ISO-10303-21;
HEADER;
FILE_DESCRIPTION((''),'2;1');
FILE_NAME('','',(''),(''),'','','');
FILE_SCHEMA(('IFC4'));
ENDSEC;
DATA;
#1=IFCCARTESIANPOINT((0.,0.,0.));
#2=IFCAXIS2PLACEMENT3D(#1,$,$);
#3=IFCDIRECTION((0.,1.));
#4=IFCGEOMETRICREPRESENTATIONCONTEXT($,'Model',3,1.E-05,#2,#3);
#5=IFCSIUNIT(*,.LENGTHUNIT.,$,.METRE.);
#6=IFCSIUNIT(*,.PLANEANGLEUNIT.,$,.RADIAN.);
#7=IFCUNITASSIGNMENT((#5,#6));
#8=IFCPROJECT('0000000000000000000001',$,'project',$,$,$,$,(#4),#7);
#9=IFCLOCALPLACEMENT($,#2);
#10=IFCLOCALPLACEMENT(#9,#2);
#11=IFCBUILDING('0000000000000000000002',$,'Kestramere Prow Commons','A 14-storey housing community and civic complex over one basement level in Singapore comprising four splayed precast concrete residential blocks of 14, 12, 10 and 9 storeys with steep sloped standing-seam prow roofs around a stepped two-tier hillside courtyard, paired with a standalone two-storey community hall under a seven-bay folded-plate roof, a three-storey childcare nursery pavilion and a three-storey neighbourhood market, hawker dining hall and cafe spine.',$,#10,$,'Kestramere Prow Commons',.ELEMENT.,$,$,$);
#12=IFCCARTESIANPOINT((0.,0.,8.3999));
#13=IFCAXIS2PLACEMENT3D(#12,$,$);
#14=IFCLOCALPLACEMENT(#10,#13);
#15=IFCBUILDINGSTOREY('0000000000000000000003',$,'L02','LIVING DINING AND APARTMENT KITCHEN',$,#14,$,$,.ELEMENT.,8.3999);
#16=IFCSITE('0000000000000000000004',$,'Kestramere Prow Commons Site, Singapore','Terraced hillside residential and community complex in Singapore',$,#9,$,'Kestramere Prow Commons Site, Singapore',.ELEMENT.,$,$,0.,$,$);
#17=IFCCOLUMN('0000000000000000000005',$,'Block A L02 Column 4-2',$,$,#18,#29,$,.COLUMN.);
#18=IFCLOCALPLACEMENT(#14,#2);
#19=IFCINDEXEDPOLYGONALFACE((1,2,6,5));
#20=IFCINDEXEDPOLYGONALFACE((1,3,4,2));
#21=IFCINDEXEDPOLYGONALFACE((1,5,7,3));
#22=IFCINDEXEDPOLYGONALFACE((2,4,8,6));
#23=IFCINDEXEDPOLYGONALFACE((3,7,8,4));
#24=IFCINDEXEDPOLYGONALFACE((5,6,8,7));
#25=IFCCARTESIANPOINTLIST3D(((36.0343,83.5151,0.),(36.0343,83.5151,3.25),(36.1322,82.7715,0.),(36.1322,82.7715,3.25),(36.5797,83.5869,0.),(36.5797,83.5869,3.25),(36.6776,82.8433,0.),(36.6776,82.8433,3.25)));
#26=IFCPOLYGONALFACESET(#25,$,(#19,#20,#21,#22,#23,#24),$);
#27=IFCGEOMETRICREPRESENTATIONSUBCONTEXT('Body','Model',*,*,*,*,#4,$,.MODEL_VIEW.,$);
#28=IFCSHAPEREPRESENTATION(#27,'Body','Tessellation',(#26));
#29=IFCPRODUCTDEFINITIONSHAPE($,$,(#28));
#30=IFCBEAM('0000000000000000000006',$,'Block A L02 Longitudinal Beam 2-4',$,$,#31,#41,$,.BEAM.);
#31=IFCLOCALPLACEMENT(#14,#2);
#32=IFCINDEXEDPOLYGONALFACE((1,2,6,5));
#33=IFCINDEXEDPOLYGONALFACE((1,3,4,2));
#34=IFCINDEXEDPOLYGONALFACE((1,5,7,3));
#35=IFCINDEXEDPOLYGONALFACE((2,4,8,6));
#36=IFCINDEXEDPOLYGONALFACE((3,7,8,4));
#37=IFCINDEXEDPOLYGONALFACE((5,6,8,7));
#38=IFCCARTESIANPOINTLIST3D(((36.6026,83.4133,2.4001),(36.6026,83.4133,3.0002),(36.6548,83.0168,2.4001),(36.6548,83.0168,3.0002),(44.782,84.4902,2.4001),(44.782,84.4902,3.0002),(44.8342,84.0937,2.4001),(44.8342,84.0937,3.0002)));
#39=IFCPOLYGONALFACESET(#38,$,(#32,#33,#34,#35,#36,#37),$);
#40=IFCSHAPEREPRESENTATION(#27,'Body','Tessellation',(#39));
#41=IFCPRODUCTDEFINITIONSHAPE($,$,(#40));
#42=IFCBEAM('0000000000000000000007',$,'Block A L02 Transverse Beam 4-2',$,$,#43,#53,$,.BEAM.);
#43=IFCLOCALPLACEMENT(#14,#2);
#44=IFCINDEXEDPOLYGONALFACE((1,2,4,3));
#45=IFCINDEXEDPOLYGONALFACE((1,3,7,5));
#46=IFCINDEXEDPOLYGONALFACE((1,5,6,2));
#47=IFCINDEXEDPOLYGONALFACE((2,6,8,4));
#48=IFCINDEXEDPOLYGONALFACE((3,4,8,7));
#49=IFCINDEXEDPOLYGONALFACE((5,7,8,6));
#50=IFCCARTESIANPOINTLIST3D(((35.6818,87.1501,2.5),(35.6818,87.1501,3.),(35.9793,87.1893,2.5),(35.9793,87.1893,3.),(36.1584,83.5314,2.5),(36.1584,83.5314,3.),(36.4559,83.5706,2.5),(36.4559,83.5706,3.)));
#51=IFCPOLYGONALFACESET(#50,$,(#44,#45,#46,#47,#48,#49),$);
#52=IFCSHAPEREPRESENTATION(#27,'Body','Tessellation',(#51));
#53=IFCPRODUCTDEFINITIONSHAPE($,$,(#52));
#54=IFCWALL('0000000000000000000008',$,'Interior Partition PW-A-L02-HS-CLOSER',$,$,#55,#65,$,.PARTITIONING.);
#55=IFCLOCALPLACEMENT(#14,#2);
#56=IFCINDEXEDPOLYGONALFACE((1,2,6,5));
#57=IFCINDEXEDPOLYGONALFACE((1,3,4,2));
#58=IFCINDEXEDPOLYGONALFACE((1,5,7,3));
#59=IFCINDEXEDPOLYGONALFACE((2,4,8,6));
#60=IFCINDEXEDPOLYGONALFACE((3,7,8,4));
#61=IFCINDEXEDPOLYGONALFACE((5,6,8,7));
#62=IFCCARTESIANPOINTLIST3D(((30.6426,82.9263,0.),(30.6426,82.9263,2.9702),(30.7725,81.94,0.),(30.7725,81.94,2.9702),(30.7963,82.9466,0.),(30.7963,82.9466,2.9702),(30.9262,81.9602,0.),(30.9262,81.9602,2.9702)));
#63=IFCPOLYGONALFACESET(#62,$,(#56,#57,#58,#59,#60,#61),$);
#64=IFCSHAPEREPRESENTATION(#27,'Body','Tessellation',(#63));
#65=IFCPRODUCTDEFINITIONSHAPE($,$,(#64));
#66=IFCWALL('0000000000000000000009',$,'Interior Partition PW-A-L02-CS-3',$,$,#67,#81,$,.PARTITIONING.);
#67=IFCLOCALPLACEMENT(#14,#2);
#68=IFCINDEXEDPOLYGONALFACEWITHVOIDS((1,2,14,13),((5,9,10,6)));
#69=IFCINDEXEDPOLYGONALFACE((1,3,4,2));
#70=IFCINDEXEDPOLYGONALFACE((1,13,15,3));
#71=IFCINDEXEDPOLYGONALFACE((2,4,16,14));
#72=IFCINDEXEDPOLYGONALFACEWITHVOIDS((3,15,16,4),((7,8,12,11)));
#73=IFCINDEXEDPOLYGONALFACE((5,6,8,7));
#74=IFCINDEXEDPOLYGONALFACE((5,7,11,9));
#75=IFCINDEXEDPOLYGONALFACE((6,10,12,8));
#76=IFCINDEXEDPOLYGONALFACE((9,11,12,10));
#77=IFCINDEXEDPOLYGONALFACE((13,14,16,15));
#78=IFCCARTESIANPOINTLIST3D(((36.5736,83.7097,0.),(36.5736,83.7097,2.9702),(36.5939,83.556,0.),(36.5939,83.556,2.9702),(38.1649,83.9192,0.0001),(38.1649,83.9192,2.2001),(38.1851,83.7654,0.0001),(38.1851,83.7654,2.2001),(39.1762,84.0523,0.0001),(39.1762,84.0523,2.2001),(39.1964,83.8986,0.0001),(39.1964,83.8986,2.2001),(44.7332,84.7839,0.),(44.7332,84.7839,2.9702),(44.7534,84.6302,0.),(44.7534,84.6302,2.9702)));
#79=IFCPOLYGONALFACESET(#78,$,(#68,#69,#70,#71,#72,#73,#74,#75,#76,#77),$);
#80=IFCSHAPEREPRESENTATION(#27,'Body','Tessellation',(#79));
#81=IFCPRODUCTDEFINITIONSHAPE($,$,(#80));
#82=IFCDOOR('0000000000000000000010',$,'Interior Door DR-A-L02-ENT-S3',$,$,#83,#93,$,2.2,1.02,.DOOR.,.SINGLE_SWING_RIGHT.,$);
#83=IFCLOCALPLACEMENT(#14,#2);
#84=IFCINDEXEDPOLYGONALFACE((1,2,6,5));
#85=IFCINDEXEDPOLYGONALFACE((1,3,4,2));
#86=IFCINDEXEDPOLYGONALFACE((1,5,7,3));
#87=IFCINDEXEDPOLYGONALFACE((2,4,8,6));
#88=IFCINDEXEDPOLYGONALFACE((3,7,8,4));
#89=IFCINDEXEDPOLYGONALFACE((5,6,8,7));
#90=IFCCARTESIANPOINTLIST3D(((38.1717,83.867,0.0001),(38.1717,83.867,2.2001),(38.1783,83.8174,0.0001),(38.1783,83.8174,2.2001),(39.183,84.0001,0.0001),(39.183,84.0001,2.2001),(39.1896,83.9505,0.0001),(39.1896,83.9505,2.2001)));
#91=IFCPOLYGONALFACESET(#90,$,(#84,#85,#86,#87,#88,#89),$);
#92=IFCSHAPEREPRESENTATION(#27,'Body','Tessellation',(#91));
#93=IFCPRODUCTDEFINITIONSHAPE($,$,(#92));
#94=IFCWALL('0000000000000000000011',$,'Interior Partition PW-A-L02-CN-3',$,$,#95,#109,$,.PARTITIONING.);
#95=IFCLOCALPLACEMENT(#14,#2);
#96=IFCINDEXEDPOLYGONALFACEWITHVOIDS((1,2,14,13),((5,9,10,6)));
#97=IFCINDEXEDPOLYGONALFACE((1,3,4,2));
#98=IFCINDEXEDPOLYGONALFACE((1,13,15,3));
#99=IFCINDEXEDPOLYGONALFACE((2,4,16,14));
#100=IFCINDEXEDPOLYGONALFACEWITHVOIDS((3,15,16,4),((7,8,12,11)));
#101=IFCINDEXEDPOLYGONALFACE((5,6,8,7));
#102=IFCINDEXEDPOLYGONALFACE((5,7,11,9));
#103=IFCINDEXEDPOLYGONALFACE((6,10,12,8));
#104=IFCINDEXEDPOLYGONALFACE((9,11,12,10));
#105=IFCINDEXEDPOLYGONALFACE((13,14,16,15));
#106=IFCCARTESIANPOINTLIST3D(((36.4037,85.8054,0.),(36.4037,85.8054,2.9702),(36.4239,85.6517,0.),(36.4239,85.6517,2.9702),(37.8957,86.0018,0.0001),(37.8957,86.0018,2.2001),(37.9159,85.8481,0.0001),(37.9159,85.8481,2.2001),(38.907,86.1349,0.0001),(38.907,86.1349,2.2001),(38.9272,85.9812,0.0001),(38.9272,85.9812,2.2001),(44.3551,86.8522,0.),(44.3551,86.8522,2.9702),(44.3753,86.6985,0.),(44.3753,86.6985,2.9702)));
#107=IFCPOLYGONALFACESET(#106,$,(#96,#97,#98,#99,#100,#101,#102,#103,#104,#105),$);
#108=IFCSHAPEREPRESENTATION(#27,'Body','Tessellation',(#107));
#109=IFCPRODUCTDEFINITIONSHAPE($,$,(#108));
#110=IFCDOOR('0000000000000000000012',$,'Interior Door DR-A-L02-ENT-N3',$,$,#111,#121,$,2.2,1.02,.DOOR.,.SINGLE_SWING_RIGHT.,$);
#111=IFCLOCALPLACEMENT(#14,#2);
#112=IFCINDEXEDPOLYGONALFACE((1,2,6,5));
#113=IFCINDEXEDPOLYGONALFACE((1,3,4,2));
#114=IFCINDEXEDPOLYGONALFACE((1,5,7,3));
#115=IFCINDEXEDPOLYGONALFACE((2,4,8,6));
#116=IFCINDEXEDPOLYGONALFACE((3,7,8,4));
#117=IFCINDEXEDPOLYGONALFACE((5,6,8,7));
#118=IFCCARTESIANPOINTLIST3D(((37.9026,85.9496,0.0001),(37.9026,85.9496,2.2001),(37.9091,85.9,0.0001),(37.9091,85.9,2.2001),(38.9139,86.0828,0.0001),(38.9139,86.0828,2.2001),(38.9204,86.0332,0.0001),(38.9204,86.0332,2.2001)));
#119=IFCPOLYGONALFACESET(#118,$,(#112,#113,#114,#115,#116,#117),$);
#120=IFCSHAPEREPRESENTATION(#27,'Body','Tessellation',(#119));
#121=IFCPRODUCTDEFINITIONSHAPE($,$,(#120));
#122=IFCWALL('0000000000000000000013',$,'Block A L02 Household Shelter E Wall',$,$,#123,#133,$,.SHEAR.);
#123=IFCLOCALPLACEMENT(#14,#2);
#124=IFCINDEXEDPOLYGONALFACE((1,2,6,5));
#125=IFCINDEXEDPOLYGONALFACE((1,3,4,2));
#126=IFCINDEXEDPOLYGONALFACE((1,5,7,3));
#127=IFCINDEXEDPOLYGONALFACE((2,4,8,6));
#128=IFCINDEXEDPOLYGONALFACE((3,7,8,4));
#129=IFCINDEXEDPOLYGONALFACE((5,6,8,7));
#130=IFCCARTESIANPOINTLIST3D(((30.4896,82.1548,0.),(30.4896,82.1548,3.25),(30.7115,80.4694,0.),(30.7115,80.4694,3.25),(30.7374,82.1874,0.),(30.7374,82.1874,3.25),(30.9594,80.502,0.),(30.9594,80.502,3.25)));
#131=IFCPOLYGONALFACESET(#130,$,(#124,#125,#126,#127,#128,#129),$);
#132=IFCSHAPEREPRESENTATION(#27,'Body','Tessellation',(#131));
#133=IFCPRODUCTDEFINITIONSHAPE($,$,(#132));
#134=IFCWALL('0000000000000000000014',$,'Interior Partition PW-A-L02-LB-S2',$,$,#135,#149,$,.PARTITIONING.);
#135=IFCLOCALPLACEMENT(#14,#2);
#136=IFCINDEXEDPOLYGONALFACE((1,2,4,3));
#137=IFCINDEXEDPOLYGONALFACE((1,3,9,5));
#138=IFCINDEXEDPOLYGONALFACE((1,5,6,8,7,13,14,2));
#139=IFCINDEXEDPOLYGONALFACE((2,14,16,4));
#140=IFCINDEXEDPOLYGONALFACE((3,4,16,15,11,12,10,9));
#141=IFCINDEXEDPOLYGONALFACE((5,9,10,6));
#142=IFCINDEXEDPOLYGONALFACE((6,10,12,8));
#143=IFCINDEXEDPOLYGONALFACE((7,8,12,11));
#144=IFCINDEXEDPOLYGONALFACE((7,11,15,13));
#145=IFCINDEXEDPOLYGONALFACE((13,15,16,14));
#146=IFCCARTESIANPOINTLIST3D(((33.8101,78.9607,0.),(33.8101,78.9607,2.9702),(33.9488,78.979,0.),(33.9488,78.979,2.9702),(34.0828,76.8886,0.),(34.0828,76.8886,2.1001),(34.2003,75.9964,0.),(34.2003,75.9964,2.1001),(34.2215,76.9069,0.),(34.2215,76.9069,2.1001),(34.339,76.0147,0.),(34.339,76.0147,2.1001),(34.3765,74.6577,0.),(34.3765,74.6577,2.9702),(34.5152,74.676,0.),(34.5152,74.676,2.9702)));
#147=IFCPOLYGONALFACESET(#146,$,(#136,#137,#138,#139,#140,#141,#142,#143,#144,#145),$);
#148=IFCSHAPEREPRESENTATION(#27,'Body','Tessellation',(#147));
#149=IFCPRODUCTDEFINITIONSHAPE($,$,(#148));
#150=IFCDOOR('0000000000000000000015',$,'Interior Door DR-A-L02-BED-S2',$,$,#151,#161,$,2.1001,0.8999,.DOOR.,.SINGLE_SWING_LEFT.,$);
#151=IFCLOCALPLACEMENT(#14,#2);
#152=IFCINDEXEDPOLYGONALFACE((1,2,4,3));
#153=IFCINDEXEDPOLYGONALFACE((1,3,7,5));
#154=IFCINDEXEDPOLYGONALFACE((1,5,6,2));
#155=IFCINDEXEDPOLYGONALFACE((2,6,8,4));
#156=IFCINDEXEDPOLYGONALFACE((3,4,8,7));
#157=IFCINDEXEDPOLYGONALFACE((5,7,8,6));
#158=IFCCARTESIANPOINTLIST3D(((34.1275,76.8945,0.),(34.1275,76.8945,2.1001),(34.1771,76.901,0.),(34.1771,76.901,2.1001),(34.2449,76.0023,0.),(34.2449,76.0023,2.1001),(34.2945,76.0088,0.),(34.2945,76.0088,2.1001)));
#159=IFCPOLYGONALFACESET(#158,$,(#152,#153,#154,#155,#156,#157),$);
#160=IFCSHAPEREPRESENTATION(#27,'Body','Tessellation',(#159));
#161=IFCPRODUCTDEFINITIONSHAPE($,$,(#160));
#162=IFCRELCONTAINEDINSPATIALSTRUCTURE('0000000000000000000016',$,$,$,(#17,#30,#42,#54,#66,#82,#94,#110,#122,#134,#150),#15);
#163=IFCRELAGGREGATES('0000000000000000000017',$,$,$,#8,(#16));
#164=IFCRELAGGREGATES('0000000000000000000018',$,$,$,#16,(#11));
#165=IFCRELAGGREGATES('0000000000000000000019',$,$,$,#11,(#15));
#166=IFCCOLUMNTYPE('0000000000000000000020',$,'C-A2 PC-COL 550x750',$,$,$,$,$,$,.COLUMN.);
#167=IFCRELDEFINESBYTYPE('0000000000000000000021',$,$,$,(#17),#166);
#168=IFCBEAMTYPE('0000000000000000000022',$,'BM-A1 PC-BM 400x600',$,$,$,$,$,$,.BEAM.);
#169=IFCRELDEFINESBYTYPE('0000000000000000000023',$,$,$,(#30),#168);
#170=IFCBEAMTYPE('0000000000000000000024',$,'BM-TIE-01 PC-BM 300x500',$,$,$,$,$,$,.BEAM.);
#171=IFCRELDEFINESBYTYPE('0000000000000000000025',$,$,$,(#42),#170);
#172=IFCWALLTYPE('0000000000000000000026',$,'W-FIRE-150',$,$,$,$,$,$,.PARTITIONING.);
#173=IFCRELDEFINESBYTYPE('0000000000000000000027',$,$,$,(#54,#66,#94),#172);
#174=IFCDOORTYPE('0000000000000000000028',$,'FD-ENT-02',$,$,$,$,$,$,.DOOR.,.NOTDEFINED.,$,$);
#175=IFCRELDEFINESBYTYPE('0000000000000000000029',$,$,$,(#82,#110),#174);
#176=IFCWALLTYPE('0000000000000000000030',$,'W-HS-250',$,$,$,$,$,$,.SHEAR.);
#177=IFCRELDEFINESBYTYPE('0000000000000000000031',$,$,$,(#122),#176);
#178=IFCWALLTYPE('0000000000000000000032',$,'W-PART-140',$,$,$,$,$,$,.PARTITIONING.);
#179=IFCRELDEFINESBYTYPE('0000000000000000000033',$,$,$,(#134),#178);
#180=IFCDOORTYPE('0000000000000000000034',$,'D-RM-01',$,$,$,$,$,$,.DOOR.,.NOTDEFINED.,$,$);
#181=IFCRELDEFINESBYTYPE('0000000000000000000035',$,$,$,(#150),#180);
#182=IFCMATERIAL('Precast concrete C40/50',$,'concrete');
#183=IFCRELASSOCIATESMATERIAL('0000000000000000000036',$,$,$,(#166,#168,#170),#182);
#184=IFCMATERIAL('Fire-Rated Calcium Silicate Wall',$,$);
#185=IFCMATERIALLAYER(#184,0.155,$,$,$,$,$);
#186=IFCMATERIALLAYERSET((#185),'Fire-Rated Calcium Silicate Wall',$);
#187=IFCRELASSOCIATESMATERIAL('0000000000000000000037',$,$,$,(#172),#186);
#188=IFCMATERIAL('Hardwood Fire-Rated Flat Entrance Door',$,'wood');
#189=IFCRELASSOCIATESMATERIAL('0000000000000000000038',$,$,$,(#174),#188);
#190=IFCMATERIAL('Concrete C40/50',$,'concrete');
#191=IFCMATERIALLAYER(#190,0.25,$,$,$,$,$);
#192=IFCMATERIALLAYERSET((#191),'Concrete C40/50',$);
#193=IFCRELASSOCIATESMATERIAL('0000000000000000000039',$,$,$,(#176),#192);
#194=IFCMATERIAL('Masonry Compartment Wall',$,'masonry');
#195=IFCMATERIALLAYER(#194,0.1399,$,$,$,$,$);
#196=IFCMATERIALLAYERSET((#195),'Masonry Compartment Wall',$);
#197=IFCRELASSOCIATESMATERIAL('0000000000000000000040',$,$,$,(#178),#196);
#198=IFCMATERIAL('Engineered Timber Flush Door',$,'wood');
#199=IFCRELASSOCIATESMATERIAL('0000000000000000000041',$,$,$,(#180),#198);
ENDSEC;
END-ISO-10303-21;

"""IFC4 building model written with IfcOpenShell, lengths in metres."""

from ifc_helpers import new_model, si_unit, direction, frame, frame_2d, origin, origin_2d, place, context, subcontext, project, spatial, rectangle, extrude, material, layer, layer_set, material_profile, profile_set, type_object, element, fill, save


model = new_model("IFC4")

# Units and contexts
model_context = context("Model", 3, precision=1e-05, world=origin(), true_north=direction((0.0, 1.0)))
body_context = subcontext(model_context, "Body", "Model", "MODEL_VIEW")
ifc_project = project(units=[si_unit("LENGTHUNIT", "METRE"), si_unit("PLANEANGLEUNIT", "RADIAN")], contexts=[model_context])

# Site, building, storey
site_placement = place(None, origin())
site = spatial("IfcSite", under=ifc_project, at=site_placement, Name="Kestramere Prow Commons Site, Singapore", Description="Terraced hillside residential and community complex in Singapore", LongName="Kestramere Prow Commons Site, Singapore", CompositionType="ELEMENT", RefElevation=0.0)
building_placement = place(site_placement, origin())
building = spatial("IfcBuilding", under=site, at=building_placement, Name="Kestramere Prow Commons", Description="A 14-storey housing community and civic complex over one basement level in Singapore comprising four splayed precast concrete residential blocks of 14, 12, 10 and 9 storeys with steep sloped standing-seam prow roofs around a stepped two-tier hillside courtyard, paired with a standalone two-storey community hall under a seven-bay folded-plate roof, a three-storey childcare nursery pavilion and a three-storey neighbourhood market, hawker dining hall and cafe spine.", LongName="Kestramere Prow Commons", CompositionType="ELEMENT")
storey_placement = place(building_placement, frame((0.0, 0.0, 8.3999)))
storey = spatial("IfcBuildingStorey", under=building, at=storey_placement, Name="L02", Description="LIVING DINING AND APARTMENT KITCHEN", CompositionType="ELEMENT", Elevation=8.3999)

# Column
ifc_material_1 = material(Name="Precast concrete C40/50", Category="concrete")
ifc_material_profile_1 = material_profile(ifc_material_1, rectangle(XDim=0.55, YDim=0.75, at=origin_2d()), Name="PC-COL 550x750")
ifc_profile_set_1 = profile_set([ifc_material_profile_1], Name="Precast concrete C40/50")
column_type = type_object("IfcColumnType", Name="C-A2 PC-COL 550x750", PredefinedType="COLUMN", material=ifc_profile_set_1)
column_placement = place(storey_placement, frame((36.356, 83.1792, 0.0), z_axis=(0.0, 0.0, 1.0), x_axis=(0.991445, 0.130526, 0.0)))
element("IfcColumn", 1, at=column_placement, inside=storey, type_object=column_type, Name="Block A L02 Column 4-2", PredefinedType="COLUMN", context=body_context, shape_type="SweptSolid", body=[
    extrude(rectangle(XDim=0.55, YDim=0.75, at=origin_2d()), origin(), (0.0, 0.0, 1.0), 3.25),
])

# Beams
ifc_material_profile_2 = material_profile(ifc_material_1, rectangle(XDim=0.3999, YDim=0.6001, at=origin_2d()), Name="PC-BM 400x600")
ifc_profile_set_2 = profile_set([ifc_material_profile_2], Name="Precast concrete C40/50")
beam_type_1 = type_object("IfcBeamType", Name="BM-A1 PC-BM 400x600", PredefinedType="BEAM", material=ifc_profile_set_2)
beam_1_placement = place(storey_placement, frame((36.6287, 83.2151, 2.7002), z_axis=(0.991444, 0.130533, 0.0), x_axis=(-0.130533, 0.991444, 0.0)))
element("IfcBeam", 2, at=beam_1_placement, inside=storey, type_object=beam_type_1, Name="Block A L02 Longitudinal Beam 2-4", PredefinedType="BEAM", context=body_context, shape_type="SweptSolid", body=[
    extrude(rectangle(XDim=0.3999, YDim=0.6001, at=origin_2d()), origin(), (0.0, 0.0, 1.0), 8.25),
])
ifc_material_profile_3 = material_profile(ifc_material_1, rectangle(XDim=0.3, YDim=0.5, at=origin_2d()), Name="PC-BM 300x500")
ifc_profile_set_3 = profile_set([ifc_material_profile_3], Name="Precast concrete C40/50")
beam_type_2 = type_object("IfcBeamType", Name="BM-TIE-01 PC-BM 300x500", PredefinedType="BEAM", material=ifc_profile_set_3)
beam_2_placement = place(storey_placement, frame((36.3071, 83.551, 2.75), z_axis=(-0.130569, 0.991439, 0.0), x_axis=(-0.991439, -0.130569, 0.0)))
element("IfcBeam", 3, at=beam_2_placement, inside=storey, type_object=beam_type_2, Name="Block A L02 Transverse Beam 4-2", PredefinedType="BEAM", context=body_context, shape_type="SweptSolid", body=[
    extrude(rectangle(XDim=0.3, YDim=0.5, at=origin_2d()), origin(), (0.0, 0.0, 1.0), 3.6499),
])

# Wall
ifc_material_2 = material(Name="Fire-Rated Calcium Silicate Wall")
ifc_layer_1 = layer(ifc_material_2, 0.155)
ifc_layer_set_1 = layer_set([ifc_layer_1], Name="Fire-Rated Calcium Silicate Wall")
wall_type_1 = type_object("IfcWallType", Name="W-FIRE-150", PredefinedType="PARTITIONING", material=ifc_layer_set_1)
wall_1_placement = place(storey_placement, frame((30.8494, 81.95, 0.0), z_axis=(0.0, 0.0, 1.0), x_axis=(-0.130556, 0.991441, 0.0)))
element("IfcWall", 4, at=wall_1_placement, inside=storey, type_object=wall_type_1, Name="Interior Partition PW-A-L02-HS-CLOSER", PredefinedType="PARTITIONING", context=body_context, shape_type="SweptSolid", body=[
    extrude(rectangle(XDim=0.9949, YDim=0.155, at=frame_2d((0.4976, 0.0))), origin(), (0.0, 0.0, 1.0), 2.9702),
])

# Walls, openings, doors
ifc_material_3 = material(Name="Hardwood Fire-Rated Flat Entrance Door", Category="wood")
wall_2_placement = place(storey_placement, frame((36.5837, 83.6328, 0.0), z_axis=(0.0, 0.0, 1.0), x_axis=(0.991445, 0.130524, 0.0)))
wall_2 = element("IfcWall", 5, at=wall_2_placement, inside=storey, type_object=wall_type_1, Name="Interior Partition PW-A-L02-CS-3", PredefinedType="PARTITIONING", context=body_context, shape_type="SweptSolid", body=[
    extrude(rectangle(XDim=8.23, YDim=0.155, at=frame_2d((4.115, 0.0))), origin(), (0.0, 0.0, 1.0), 2.9702),
])
opening_1_placement = place(wall_2_placement, frame((1.605, 0.0, 0.0)))
opening_1 = element("IfcOpeningElement", 6, at=opening_1_placement, cuts=wall_2, PredefinedType="OPENING", context=body_context, shape_type="SweptSolid", body=[
    extrude(rectangle(XDim=1.02, YDim=2.2, at=frame_2d((0.51, 1.1001))), frame((0.0, 0.0925, 0.0), z_axis=(0.0, -1.0, 0.0), x_axis=(1.0, 0.0, 0.0)), (0.0, 0.0, 1.0), 0.1851),
])
door_type_1 = type_object("IfcDoorType", Name="FD-ENT-02", OperationType="NOTDEFINED", PredefinedType="DOOR", material=ifc_material_3)
door_1_placement = place(opening_1_placement, origin())
door_1 = element("IfcDoor", 7, at=door_1_placement, inside=storey, type_object=door_type_1, Name="Interior Door DR-A-L02-ENT-S3", OperationType="SINGLE_SWING_RIGHT", OverallHeight=2.2, OverallWidth=1.02, PredefinedType="DOOR", context=body_context, shape_type="SweptSolid", body=[
    extrude(rectangle(XDim=1.02, YDim=2.2, at=frame_2d((0.51, 1.1001))), frame((0.0, 0.0249, 0.0), z_axis=(0.0, -1.0, 0.0), x_axis=(1.0, 0.0, 0.0)), (0.0, 0.0, 1.0), 0.05),
])
fill(opening_1, door_1)
wall_3_placement = place(storey_placement, frame((36.4138, 85.7285, 0.0), z_axis=(0.0, 0.0, 1.0), x_axis=(0.991444, 0.130532, 0.0)))
wall_3 = element("IfcWall", 8, at=wall_3_placement, inside=storey, type_object=wall_type_1, Name="Interior Partition PW-A-L02-CN-3", PredefinedType="PARTITIONING", context=body_context, shape_type="SweptSolid", body=[
    extrude(rectangle(XDim=8.02, YDim=0.155, at=frame_2d((4.01, 0.0))), origin(), (0.0, 0.0, 1.0), 2.9702),
])
opening_2_placement = place(wall_3_placement, frame((1.5049, 0.0, 0.0)))
opening_2 = element("IfcOpeningElement", 9, at=opening_2_placement, cuts=wall_3, PredefinedType="OPENING", context=body_context, shape_type="SweptSolid", body=[
    extrude(rectangle(XDim=1.02, YDim=2.2, at=frame_2d((0.51, 1.1001))), frame((0.0, 0.0925, 0.0), z_axis=(0.0, -1.0, 0.0), x_axis=(1.0, 0.0, 0.0)), (0.0, 0.0, 1.0), 0.1851),
])
door_2_placement = place(opening_2_placement, origin())
door_2 = element("IfcDoor", 10, at=door_2_placement, inside=storey, type_object=door_type_1, Name="Interior Door DR-A-L02-ENT-N3", OperationType="SINGLE_SWING_RIGHT", OverallHeight=2.2, OverallWidth=1.02, PredefinedType="DOOR", context=body_context, shape_type="SweptSolid", body=[
    extrude(rectangle(XDim=1.02, YDim=2.2, at=frame_2d((0.51, 1.1001))), frame((0.0, 0.0249, 0.0), z_axis=(0.0, -1.0, 0.0), x_axis=(1.0, 0.0, 0.0)), (0.0, 0.0, 1.0), 0.05),
])
fill(opening_2, door_2)

# Wall
ifc_material_4 = material(Name="Concrete C40/50", Category="concrete")
ifc_layer_2 = layer(ifc_material_4, 0.25)
ifc_layer_set_2 = layer_set([ifc_layer_2], Name="Concrete C40/50")
wall_type_2 = type_object("IfcWallType", Name="W-HS-250", PredefinedType="SHEAR", material=ifc_layer_set_2)
wall_4_placement = place(storey_placement, frame((30.8354, 80.4856, 0.0), z_axis=(0.0, 0.0, 1.0), x_axis=(-0.130555, 0.991441, 0.0)))
element("IfcWall", 11, at=wall_4_placement, inside=storey, type_object=wall_type_2, Name="Block A L02 Household Shelter E Wall", PredefinedType="SHEAR", context=body_context, shape_type="SweptSolid", body=[
    extrude(rectangle(XDim=1.7, YDim=0.25, at=frame_2d((0.8501, 0.0))), origin(), (0.0, 0.0, 1.0), 3.25),
])

# Wall, opening, door
ifc_material_5 = material(Name="Masonry Compartment Wall", Category="masonry")
ifc_layer_3 = layer(ifc_material_5, 0.1399)
ifc_layer_set_3 = layer_set([ifc_layer_3], Name="Masonry Compartment Wall")
wall_type_3 = type_object("IfcWallType", Name="W-PART-140", PredefinedType="PARTITIONING", material=ifc_layer_set_3)
wall_5_placement = place(storey_placement, frame((34.4458, 74.667, 0.0), z_axis=(0.0, 0.0, 1.0), x_axis=(-0.130505, 0.991448, 0.0)))
wall_5 = element("IfcWall", 12, at=wall_5_placement, inside=storey, type_object=wall_type_3, Name="Interior Partition PW-A-L02-LB-S2", PredefinedType="PARTITIONING", context=body_context, shape_type="SweptSolid", body=[
    extrude(rectangle(XDim=4.3401, YDim=0.1399, at=frame_2d((2.1699, 0.0))), origin(), (0.0, 0.0, 1.0), 2.9702),
])
opening_3_placement = place(wall_5_placement, frame((1.3501, 0.0, 0.0)))
opening_3 = element("IfcOpeningElement", 13, at=opening_3_placement, cuts=wall_5, PredefinedType="OPENING", context=body_context, shape_type="SweptSolid", body=[
    extrude(rectangle(XDim=0.8999, YDim=2.1001, at=frame_2d((0.45, 1.05))), frame((0.0, 0.085, 0.0), z_axis=(0.0, -1.0, 0.0), x_axis=(1.0, 0.0, 0.0)), (0.0, 0.0, 1.0), 0.1699),
])
ifc_material_6 = material(Name="Engineered Timber Flush Door", Category="wood")
door_type_2 = type_object("IfcDoorType", Name="D-RM-01", OperationType="NOTDEFINED", PredefinedType="DOOR", material=ifc_material_6)
door_3_placement = place(opening_3_placement, origin())
door_3 = element("IfcDoor", 14, at=door_3_placement, inside=storey, type_object=door_type_2, Name="Interior Door DR-A-L02-BED-S2", OperationType="SINGLE_SWING_LEFT", OverallHeight=2.1001, OverallWidth=0.8999, PredefinedType="DOOR", context=body_context, shape_type="SweptSolid", body=[
    extrude(rectangle(XDim=0.8999, YDim=2.1001, at=frame_2d((0.45, 1.05))), frame((0.0, 0.0249, 0.0), z_axis=(0.0, -1.0, 0.0), x_axis=(1.0, 0.0, 0.0)), (0.0, 0.0, 1.0), 0.05),
])
fill(opening_3, door_3)

save(model, "model.ifc")
